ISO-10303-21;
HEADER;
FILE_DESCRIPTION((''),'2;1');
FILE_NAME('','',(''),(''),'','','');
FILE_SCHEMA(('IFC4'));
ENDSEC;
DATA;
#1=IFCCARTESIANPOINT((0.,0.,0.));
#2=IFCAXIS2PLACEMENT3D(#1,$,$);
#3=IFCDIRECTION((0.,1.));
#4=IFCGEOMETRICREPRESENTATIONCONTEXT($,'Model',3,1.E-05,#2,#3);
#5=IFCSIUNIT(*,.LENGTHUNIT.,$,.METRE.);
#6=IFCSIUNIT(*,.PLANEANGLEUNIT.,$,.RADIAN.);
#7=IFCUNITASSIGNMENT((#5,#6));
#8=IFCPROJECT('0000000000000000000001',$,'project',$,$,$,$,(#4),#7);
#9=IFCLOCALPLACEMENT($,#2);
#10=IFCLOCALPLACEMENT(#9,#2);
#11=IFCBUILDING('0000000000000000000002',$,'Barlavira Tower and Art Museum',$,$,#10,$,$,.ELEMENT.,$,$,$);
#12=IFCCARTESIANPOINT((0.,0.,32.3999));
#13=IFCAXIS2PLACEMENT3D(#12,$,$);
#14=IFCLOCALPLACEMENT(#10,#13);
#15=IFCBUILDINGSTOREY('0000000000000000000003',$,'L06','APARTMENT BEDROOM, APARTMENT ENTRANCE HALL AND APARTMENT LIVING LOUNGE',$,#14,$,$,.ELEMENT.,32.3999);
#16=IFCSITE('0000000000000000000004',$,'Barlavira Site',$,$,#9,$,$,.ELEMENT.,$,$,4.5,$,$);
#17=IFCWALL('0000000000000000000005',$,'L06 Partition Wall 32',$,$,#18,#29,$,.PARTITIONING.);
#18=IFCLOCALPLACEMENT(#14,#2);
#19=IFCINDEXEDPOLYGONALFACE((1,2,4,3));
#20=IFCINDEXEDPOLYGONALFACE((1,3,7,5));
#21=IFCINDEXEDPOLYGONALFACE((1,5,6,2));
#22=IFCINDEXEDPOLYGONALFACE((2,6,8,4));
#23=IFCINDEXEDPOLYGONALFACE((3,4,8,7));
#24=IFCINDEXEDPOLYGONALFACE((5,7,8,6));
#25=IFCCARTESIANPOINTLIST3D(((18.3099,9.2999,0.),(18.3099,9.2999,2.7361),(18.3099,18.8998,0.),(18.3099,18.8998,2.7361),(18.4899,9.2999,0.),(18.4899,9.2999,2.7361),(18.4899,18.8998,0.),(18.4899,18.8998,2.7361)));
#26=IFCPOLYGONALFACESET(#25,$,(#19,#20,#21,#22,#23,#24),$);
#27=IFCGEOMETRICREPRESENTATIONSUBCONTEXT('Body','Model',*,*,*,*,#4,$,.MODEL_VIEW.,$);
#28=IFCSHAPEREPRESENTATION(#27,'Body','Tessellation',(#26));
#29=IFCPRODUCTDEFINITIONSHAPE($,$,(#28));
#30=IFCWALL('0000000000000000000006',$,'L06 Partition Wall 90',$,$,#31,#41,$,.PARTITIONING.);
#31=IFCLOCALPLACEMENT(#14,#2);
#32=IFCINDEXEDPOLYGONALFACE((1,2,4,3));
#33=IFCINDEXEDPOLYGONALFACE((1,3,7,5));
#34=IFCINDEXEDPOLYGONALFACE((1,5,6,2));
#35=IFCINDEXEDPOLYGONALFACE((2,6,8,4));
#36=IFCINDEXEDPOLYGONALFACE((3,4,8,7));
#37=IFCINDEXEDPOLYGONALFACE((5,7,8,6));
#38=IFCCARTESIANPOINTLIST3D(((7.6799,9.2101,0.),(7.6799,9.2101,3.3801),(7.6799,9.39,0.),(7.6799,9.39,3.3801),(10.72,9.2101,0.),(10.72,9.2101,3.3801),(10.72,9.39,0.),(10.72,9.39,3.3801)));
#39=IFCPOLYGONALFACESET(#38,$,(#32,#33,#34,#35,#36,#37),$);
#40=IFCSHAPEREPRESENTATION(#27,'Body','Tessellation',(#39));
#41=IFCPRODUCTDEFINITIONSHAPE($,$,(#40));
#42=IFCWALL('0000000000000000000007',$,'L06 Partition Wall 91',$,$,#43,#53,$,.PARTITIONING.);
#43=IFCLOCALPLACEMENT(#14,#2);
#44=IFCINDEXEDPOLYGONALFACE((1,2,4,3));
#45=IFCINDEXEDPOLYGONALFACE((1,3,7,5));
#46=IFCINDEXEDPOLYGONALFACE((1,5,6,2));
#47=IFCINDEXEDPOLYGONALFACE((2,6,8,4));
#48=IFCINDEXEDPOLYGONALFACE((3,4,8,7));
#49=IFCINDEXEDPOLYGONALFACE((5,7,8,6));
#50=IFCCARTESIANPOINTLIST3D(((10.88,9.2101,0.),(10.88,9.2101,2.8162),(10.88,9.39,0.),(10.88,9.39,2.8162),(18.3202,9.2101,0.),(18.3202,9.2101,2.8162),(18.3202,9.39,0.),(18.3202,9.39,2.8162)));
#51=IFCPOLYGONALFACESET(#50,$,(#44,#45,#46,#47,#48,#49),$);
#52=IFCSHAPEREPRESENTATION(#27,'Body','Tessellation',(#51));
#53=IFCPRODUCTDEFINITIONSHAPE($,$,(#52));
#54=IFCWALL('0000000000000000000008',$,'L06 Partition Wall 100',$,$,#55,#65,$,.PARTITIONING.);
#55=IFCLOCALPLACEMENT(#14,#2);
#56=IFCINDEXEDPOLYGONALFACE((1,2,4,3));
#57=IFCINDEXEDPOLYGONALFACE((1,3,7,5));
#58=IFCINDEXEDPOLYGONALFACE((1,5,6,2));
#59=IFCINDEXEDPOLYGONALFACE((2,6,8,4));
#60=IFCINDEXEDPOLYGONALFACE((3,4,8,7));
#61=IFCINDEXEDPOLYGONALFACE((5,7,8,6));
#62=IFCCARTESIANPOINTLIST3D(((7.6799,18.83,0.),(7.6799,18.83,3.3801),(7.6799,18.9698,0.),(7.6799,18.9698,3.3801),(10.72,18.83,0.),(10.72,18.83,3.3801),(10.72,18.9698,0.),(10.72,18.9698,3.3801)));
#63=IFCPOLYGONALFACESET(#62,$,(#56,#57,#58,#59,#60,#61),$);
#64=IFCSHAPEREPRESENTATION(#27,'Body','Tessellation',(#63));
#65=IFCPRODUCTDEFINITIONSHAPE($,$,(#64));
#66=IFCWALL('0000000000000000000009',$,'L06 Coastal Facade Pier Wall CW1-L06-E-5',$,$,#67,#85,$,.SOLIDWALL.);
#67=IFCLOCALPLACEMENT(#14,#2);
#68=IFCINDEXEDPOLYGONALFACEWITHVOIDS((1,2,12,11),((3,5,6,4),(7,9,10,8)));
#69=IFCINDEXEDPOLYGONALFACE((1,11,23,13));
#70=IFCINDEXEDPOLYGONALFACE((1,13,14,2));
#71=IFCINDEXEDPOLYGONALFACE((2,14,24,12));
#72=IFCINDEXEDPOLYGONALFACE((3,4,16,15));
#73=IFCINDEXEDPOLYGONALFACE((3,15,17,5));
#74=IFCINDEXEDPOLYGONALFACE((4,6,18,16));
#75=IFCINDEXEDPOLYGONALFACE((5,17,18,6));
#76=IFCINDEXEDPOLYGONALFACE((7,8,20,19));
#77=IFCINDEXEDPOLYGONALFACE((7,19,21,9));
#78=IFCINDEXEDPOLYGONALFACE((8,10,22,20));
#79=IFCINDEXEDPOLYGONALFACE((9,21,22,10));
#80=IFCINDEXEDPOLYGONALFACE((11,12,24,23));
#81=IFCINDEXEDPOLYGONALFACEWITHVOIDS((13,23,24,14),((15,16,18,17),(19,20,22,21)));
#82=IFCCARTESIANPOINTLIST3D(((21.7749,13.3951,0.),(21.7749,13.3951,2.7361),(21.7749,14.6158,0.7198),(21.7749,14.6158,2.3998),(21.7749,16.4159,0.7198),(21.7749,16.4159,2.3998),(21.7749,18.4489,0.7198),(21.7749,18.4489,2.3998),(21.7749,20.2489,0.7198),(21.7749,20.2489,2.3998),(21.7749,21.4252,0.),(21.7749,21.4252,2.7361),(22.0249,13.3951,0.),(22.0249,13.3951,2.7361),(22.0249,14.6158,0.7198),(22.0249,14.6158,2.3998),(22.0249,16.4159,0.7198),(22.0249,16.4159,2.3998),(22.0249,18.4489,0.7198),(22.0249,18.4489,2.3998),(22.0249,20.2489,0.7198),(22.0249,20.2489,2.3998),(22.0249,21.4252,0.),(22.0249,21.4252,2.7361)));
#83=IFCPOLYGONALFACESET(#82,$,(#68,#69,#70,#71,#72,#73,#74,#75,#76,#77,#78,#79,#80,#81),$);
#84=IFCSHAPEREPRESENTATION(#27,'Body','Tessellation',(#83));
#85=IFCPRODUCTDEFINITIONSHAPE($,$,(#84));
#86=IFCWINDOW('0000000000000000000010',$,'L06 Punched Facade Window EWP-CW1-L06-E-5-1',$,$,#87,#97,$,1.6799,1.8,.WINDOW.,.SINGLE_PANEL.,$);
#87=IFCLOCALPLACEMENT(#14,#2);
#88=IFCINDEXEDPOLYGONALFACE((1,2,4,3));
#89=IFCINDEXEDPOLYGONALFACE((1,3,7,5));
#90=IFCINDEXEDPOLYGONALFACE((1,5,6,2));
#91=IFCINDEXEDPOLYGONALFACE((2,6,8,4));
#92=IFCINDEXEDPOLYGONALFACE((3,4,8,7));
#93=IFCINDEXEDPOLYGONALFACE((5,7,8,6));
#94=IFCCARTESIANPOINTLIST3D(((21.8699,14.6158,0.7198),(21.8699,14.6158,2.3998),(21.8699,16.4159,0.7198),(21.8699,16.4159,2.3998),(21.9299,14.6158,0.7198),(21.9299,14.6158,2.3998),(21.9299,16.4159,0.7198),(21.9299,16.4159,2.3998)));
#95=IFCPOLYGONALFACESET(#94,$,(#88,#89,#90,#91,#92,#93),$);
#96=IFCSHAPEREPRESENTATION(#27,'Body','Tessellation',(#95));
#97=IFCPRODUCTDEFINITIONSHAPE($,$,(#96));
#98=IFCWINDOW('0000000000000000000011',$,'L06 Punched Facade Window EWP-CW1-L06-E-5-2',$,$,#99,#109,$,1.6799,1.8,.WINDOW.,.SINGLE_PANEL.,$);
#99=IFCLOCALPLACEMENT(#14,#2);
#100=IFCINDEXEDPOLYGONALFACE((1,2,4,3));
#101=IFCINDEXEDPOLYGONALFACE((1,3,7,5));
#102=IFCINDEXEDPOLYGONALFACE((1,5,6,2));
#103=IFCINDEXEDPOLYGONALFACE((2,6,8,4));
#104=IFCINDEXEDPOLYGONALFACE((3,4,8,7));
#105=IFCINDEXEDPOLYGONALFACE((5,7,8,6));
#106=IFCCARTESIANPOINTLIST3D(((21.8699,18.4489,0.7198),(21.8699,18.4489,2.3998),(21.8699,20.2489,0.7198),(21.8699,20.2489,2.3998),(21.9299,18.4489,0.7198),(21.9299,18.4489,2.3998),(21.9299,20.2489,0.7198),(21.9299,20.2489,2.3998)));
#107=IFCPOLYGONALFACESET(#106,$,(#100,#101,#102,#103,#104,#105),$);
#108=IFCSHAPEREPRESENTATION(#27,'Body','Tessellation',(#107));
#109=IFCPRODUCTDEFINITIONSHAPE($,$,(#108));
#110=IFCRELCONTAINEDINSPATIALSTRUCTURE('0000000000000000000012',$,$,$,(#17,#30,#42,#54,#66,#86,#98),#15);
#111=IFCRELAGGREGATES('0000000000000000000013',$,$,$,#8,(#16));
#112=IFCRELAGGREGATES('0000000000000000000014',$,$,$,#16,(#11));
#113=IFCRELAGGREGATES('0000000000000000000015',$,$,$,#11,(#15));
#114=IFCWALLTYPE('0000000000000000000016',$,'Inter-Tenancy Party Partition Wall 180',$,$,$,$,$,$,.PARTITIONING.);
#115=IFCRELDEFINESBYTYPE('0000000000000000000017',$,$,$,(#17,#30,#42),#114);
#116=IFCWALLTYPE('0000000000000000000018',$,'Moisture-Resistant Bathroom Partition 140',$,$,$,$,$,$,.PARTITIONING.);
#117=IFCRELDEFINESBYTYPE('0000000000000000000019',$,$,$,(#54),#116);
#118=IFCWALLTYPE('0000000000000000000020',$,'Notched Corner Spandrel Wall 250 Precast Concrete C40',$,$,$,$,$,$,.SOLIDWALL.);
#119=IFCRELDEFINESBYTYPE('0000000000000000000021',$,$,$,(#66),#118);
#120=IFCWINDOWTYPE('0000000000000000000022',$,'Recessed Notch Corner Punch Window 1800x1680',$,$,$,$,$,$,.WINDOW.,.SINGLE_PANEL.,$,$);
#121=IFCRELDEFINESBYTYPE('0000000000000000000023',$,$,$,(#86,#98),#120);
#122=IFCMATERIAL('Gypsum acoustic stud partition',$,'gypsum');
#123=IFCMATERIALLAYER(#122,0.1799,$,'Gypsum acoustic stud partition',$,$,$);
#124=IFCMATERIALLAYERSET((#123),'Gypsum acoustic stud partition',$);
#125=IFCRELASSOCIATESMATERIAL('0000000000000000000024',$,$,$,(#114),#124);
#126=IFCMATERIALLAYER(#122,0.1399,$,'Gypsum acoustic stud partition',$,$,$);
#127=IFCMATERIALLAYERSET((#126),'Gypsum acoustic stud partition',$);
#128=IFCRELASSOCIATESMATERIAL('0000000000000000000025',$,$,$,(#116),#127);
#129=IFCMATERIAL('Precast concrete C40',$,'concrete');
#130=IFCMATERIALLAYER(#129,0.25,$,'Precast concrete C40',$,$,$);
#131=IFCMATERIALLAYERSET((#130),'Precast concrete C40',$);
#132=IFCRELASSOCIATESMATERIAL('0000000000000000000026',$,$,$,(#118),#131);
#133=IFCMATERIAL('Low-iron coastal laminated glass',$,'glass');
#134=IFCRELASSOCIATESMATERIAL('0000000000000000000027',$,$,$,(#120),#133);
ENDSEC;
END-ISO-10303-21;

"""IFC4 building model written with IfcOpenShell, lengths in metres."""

from ifc_helpers import new_model, si_unit, direction, frame, frame_2d, origin, place, context, subcontext, project, spatial, rectangle, extrude, material, layer, layer_set, type_object, element, fill, save


model = new_model("IFC4")

# Units and contexts
model_context = context("Model", 3, precision=1e-05, world=origin(), true_north=direction((0.0, 1.0)))
body_context = subcontext(model_context, "Body", "Model", "MODEL_VIEW")
ifc_project = project(units=[si_unit("LENGTHUNIT", "METRE"), si_unit("PLANEANGLEUNIT", "RADIAN")], contexts=[model_context])

# Site, building, storey
site_placement = place(None, origin())
site = spatial("IfcSite", under=ifc_project, at=site_placement, Name="Barlavira Site", CompositionType="ELEMENT", RefElevation=4.5)
building_placement = place(site_placement, origin())
building = spatial("IfcBuilding", under=site, at=building_placement, Name="Barlavira Tower and Art Museum", CompositionType="ELEMENT")
storey_placement = place(building_placement, frame((0.0, 0.0, 32.3999)))
storey = spatial("IfcBuildingStorey", under=building, at=storey_placement, Name="L06", Description="APARTMENT BEDROOM, APARTMENT ENTRANCE HALL AND APARTMENT LIVING LOUNGE", CompositionType="ELEMENT", Elevation=32.3999)

# Shared definitions
ifc_material_1 = material(Name="Gypsum acoustic stud partition", Category="gypsum")

# Walls
ifc_layer_1 = layer(ifc_material_1, 0.1799, Name="Gypsum acoustic stud partition")
ifc_layer_set_1 = layer_set([ifc_layer_1], Name="Gypsum acoustic stud partition")
wall_type_1 = type_object("IfcWallType", Name="Inter-Tenancy Party Partition Wall 180", PredefinedType="PARTITIONING", material=ifc_layer_set_1)
wall_1_placement = place(storey_placement, frame((18.3999, 9.3, 0.0), z_axis=(0.0, 0.0, 1.0), x_axis=(0.0, 1.0, 0.0)))
element("IfcWall", 1, at=wall_1_placement, inside=storey, type_object=wall_type_1, Name="L06 Partition Wall 32", PredefinedType="PARTITIONING", context=body_context, shape_type="SweptSolid", body=[
    extrude(rectangle(XDim=9.5999, YDim=0.1799, at=frame_2d((4.7998, 0.0))), origin(), (0.0, 0.0, 1.0), 2.7361),
])
wall_2_placement = place(storey_placement, frame((7.6799, 9.3, 0.0), z_axis=(0.0, 0.0, 1.0), x_axis=(1.0, 0.0, 0.0)))
element("IfcWall", 2, at=wall_2_placement, inside=storey, type_object=wall_type_1, Name="L06 Partition Wall 90", PredefinedType="PARTITIONING", context=body_context, shape_type="SweptSolid", body=[
    extrude(rectangle(XDim=3.04, YDim=0.1799, at=frame_2d((1.52, 0.0))), origin(), (0.0, 0.0, 1.0), 3.3801),
])
wall_3_placement = place(storey_placement, frame((10.8799, 9.3, 0.0), z_axis=(0.0, 0.0, 1.0), x_axis=(1.0, 0.0, 0.0)))
element("IfcWall", 3, at=wall_3_placement, inside=storey, type_object=wall_type_1, Name="L06 Partition Wall 91", PredefinedType="PARTITIONING", context=body_context, shape_type="SweptSolid", body=[
    extrude(rectangle(XDim=7.4402, YDim=0.1799, at=frame_2d((3.7202, 0.0))), origin(), (0.0, 0.0, 1.0), 2.8162),
])
ifc_layer_2 = layer(ifc_material_1, 0.1399, Name="Gypsum acoustic stud partition")
ifc_layer_set_2 = layer_set([ifc_layer_2], Name="Gypsum acoustic stud partition")
wall_type_2 = type_object("IfcWallType", Name="Moisture-Resistant Bathroom Partition 140", PredefinedType="PARTITIONING", material=ifc_layer_set_2)
wall_4_placement = place(storey_placement, frame((7.6799, 18.8999, 0.0), z_axis=(0.0, 0.0, 1.0), x_axis=(1.0, 0.0, 0.0)))
element("IfcWall", 4, at=wall_4_placement, inside=storey, type_object=wall_type_2, Name="L06 Partition Wall 100", PredefinedType="PARTITIONING", context=body_context, shape_type="SweptSolid", body=[
    extrude(rectangle(XDim=3.04, YDim=0.1399, at=frame_2d((1.52, 0.0))), origin(), (0.0, 0.0, 1.0), 3.3801),
])

# Wall, openings, windows
ifc_material_2 = material(Name="Precast concrete C40", Category="concrete")
ifc_layer_3 = layer(ifc_material_2, 0.25, Name="Precast concrete C40")
ifc_layer_set_3 = layer_set([ifc_layer_3], Name="Precast concrete C40")
wall_type_3 = type_object("IfcWallType", Name="Notched Corner Spandrel Wall 250 Precast Concrete C40", PredefinedType="SOLIDWALL", material=ifc_layer_set_3)
wall_5_placement = place(storey_placement, frame((21.8999, 13.395, 0.0), z_axis=(0.0, 0.0, 1.0), x_axis=(0.0, 1.0, 0.0)))
wall_5 = element("IfcWall", 5, at=wall_5_placement, inside=storey, type_object=wall_type_3, Name="L06 Coastal Facade Pier Wall CW1-L06-E-5", PredefinedType="SOLIDWALL", context=body_context, shape_type="SweptSolid", body=[
    extrude(rectangle(XDim=8.03, YDim=0.25, at=frame_2d((4.0151, 0.0))), origin(), (0.0, 0.0, 1.0), 2.7361),
])
opening_1_placement = place(wall_5_placement, frame((1.2209, 0.0, 0.72)))
opening_1 = element("IfcOpeningElement", 6, at=opening_1_placement, cuts=wall_5, PredefinedType="OPENING", context=body_context, shape_type="SweptSolid", body=[
    extrude(rectangle(XDim=1.8, YDim=1.6799, at=frame_2d((0.8999, 0.8398))), frame((0.0, 0.135, 0.0), z_axis=(0.0, -1.0, 0.0), x_axis=(1.0, 0.0, 0.0)), (0.0, 0.0, 1.0), 0.27),
])
opening_2_placement = place(wall_5_placement, frame((5.054, 0.0, 0.72)))
opening_2 = element("IfcOpeningElement", 7, at=opening_2_placement, cuts=wall_5, PredefinedType="OPENING", context=body_context, shape_type="SweptSolid", body=[
    extrude(rectangle(XDim=1.8, YDim=1.6799, at=frame_2d((0.8999, 0.8398))), frame((0.0, 0.135, 0.0), z_axis=(0.0, -1.0, 0.0), x_axis=(1.0, 0.0, 0.0)), (0.0, 0.0, 1.0), 0.27),
])
ifc_material_3 = material(Name="Low-iron coastal laminated glass", Category="glass")
window_type = type_object("IfcWindowType", Name="Recessed Notch Corner Punch Window 1800x1680", PartitioningType="SINGLE_PANEL", PredefinedType="WINDOW", material=ifc_material_3)
window_1_placement = place(opening_1_placement, origin())
window_1 = element("IfcWindow", 8, at=window_1_placement, inside=storey, type_object=window_type, Name="L06 Punched Facade Window EWP-CW1-L06-E-5-1", OverallHeight=1.6799, OverallWidth=1.8, PartitioningType="SINGLE_PANEL", PredefinedType="WINDOW", context=body_context, shape_type="SweptSolid", body=[
    extrude(rectangle(XDim=1.8, YDim=1.6799, at=frame_2d((0.8999, 0.8398))), frame((0.0, 0.03, 0.0), z_axis=(0.0, -1.0, 0.0), x_axis=(1.0, 0.0, 0.0)), (0.0, 0.0, 1.0), 0.0601),
])
fill(opening_1, window_1)
window_2_placement = place(opening_2_placement, origin())
window_2 = element("IfcWindow", 9, at=window_2_placement, inside=storey, type_object=window_type, Name="L06 Punched Facade Window EWP-CW1-L06-E-5-2", OverallHeight=1.6799, OverallWidth=1.8, PartitioningType="SINGLE_PANEL", PredefinedType="WINDOW", context=body_context, shape_type="SweptSolid", body=[
    extrude(rectangle(XDim=1.8, YDim=1.6799, at=frame_2d((0.8999, 0.8398))), frame((0.0, 0.03, 0.0), z_axis=(0.0, -1.0, 0.0), x_axis=(1.0, 0.0, 0.0)), (0.0, 0.0, 1.0), 0.0601),
])
fill(opening_2, window_2)

save(model, "model.ifc")
